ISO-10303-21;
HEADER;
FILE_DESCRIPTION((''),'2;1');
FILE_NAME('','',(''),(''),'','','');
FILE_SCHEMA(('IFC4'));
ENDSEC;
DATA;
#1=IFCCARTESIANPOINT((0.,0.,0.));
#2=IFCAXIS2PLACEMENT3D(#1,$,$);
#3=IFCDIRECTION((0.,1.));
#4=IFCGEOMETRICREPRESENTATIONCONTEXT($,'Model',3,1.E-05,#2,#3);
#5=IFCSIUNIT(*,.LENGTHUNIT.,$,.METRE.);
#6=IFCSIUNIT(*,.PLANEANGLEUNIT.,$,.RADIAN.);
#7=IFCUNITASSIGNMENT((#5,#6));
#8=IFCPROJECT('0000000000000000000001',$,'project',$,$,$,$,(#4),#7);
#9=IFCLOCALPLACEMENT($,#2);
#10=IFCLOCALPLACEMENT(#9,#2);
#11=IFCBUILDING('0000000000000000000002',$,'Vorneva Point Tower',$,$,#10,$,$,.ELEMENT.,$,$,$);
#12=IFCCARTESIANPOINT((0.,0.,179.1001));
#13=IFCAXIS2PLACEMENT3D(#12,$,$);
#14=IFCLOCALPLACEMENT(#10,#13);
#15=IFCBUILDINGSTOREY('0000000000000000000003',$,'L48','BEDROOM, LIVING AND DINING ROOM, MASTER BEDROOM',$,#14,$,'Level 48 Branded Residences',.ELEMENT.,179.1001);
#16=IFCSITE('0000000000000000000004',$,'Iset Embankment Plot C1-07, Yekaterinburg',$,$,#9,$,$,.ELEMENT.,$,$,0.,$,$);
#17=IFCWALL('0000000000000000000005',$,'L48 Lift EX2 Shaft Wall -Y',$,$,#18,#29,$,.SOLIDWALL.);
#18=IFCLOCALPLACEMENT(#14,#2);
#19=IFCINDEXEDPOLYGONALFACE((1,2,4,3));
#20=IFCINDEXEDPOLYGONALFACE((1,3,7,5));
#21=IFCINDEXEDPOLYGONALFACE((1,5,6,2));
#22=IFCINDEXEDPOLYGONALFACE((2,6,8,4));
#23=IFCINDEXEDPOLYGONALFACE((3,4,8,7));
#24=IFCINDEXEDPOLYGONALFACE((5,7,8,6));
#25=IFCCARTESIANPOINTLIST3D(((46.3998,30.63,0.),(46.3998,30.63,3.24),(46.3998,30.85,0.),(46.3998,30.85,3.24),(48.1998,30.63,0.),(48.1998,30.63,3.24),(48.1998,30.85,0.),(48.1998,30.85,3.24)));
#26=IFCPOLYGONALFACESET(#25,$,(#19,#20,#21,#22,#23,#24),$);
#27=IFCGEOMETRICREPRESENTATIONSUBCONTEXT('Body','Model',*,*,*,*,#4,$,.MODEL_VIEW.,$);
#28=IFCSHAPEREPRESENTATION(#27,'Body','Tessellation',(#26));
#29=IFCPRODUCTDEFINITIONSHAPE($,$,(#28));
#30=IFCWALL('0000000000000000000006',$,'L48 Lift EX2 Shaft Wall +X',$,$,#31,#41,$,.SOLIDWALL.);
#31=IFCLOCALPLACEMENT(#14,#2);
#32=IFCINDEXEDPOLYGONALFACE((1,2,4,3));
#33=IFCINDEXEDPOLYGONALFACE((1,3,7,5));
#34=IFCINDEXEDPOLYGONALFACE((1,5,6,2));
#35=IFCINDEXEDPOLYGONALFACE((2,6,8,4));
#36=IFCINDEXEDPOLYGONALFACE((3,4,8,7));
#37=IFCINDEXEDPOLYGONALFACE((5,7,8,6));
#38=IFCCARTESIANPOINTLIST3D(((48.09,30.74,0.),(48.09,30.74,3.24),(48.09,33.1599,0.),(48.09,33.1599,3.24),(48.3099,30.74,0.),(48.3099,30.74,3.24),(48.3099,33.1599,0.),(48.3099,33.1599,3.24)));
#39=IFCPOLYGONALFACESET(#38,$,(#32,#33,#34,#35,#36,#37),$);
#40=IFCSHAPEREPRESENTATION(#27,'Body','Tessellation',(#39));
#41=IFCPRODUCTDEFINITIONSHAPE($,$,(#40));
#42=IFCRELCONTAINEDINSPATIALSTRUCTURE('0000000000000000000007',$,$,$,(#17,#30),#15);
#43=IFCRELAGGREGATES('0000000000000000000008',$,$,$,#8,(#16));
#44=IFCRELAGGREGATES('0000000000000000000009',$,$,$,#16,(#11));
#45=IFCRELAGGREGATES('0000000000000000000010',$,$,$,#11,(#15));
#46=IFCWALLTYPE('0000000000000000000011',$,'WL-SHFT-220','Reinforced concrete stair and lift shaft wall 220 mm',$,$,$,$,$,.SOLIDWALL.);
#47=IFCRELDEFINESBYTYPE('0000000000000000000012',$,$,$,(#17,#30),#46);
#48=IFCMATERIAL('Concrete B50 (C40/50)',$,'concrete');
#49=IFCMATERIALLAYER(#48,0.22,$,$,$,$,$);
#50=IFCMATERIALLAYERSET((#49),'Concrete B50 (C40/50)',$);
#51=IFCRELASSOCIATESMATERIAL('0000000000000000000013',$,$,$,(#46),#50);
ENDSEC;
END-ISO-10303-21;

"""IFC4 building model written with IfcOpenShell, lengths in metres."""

from ifc_helpers import new_model, si_unit, direction, frame, frame_2d, origin, place, context, subcontext, project, spatial, rectangle, extrude, material, layer, layer_set, type_object, element, save


model = new_model("IFC4")

# Units and contexts
model_context = context("Model", 3, precision=1e-05, world=origin(), true_north=direction((0.0, 1.0)))
body_context = subcontext(model_context, "Body", "Model", "MODEL_VIEW")
ifc_project = project(units=[si_unit("LENGTHUNIT", "METRE"), si_unit("PLANEANGLEUNIT", "RADIAN")], contexts=[model_context])

# Site, building, storey
site_placement = place(None, origin())
site = spatial("IfcSite", under=ifc_project, at=site_placement, Name="Iset Embankment Plot C1-07, Yekaterinburg", CompositionType="ELEMENT", RefElevation=0.0)
building_placement = place(site_placement, origin())
building = spatial("IfcBuilding", under=site, at=building_placement, Name="Vorneva Point Tower", CompositionType="ELEMENT")
storey_placement = place(building_placement, frame((0.0, 0.0, 179.1001)))
storey = spatial("IfcBuildingStorey", under=building, at=storey_placement, Name="L48", Description="BEDROOM, LIVING AND DINING ROOM, MASTER BEDROOM", LongName="Level 48 Branded Residences", CompositionType="ELEMENT", Elevation=179.1001)

# Shared definitions
ifc_material_1 = material(Name="Concrete B50 (C40/50)", Category="concrete")

# Walls
ifc_layer_1 = layer(ifc_material_1, 0.22)
ifc_layer_set_1 = layer_set([ifc_layer_1], Name="Concrete B50 (C40/50)")
wall_type_1 = type_object("IfcWallType", Name="WL-SHFT-220", Description="Reinforced concrete stair and lift shaft wall 220 mm", PredefinedType="SOLIDWALL", material=ifc_layer_set_1)
wall_1_placement = place(storey_placement, frame((46.3999, 30.74, 0.0), z_axis=(0.0, 0.0, 1.0), x_axis=(1.0, 0.0, 0.0)))
element("IfcWall", 1, at=wall_1_placement, inside=storey, type_object=wall_type_1, Name="L48 Lift EX2 Shaft Wall -Y", PredefinedType="SOLIDWALL", context=body_context, shape_type="SweptSolid", body=[
    extrude(rectangle(XDim=1.8, YDim=0.22, at=frame_2d((0.8999, 0.0))), origin(), (0.0, 0.0, 1.0), 3.24),
])
wall_2_placement = place(storey_placement, frame((48.2, 30.74, 0.0), z_axis=(0.0, 0.0, 1.0), x_axis=(0.0, 1.0, 0.0)))
element("IfcWall", 2, at=wall_2_placement, inside=storey, type_object=wall_type_1, Name="L48 Lift EX2 Shaft Wall +X", PredefinedType="SOLIDWALL", context=body_context, shape_type="SweptSolid", body=[
    extrude(rectangle(XDim=2.4199, YDim=0.22, at=frame_2d((1.21, 0.0))), origin(), (0.0, 0.0, 1.0), 3.24),
])

save(model, "model.ifc")
